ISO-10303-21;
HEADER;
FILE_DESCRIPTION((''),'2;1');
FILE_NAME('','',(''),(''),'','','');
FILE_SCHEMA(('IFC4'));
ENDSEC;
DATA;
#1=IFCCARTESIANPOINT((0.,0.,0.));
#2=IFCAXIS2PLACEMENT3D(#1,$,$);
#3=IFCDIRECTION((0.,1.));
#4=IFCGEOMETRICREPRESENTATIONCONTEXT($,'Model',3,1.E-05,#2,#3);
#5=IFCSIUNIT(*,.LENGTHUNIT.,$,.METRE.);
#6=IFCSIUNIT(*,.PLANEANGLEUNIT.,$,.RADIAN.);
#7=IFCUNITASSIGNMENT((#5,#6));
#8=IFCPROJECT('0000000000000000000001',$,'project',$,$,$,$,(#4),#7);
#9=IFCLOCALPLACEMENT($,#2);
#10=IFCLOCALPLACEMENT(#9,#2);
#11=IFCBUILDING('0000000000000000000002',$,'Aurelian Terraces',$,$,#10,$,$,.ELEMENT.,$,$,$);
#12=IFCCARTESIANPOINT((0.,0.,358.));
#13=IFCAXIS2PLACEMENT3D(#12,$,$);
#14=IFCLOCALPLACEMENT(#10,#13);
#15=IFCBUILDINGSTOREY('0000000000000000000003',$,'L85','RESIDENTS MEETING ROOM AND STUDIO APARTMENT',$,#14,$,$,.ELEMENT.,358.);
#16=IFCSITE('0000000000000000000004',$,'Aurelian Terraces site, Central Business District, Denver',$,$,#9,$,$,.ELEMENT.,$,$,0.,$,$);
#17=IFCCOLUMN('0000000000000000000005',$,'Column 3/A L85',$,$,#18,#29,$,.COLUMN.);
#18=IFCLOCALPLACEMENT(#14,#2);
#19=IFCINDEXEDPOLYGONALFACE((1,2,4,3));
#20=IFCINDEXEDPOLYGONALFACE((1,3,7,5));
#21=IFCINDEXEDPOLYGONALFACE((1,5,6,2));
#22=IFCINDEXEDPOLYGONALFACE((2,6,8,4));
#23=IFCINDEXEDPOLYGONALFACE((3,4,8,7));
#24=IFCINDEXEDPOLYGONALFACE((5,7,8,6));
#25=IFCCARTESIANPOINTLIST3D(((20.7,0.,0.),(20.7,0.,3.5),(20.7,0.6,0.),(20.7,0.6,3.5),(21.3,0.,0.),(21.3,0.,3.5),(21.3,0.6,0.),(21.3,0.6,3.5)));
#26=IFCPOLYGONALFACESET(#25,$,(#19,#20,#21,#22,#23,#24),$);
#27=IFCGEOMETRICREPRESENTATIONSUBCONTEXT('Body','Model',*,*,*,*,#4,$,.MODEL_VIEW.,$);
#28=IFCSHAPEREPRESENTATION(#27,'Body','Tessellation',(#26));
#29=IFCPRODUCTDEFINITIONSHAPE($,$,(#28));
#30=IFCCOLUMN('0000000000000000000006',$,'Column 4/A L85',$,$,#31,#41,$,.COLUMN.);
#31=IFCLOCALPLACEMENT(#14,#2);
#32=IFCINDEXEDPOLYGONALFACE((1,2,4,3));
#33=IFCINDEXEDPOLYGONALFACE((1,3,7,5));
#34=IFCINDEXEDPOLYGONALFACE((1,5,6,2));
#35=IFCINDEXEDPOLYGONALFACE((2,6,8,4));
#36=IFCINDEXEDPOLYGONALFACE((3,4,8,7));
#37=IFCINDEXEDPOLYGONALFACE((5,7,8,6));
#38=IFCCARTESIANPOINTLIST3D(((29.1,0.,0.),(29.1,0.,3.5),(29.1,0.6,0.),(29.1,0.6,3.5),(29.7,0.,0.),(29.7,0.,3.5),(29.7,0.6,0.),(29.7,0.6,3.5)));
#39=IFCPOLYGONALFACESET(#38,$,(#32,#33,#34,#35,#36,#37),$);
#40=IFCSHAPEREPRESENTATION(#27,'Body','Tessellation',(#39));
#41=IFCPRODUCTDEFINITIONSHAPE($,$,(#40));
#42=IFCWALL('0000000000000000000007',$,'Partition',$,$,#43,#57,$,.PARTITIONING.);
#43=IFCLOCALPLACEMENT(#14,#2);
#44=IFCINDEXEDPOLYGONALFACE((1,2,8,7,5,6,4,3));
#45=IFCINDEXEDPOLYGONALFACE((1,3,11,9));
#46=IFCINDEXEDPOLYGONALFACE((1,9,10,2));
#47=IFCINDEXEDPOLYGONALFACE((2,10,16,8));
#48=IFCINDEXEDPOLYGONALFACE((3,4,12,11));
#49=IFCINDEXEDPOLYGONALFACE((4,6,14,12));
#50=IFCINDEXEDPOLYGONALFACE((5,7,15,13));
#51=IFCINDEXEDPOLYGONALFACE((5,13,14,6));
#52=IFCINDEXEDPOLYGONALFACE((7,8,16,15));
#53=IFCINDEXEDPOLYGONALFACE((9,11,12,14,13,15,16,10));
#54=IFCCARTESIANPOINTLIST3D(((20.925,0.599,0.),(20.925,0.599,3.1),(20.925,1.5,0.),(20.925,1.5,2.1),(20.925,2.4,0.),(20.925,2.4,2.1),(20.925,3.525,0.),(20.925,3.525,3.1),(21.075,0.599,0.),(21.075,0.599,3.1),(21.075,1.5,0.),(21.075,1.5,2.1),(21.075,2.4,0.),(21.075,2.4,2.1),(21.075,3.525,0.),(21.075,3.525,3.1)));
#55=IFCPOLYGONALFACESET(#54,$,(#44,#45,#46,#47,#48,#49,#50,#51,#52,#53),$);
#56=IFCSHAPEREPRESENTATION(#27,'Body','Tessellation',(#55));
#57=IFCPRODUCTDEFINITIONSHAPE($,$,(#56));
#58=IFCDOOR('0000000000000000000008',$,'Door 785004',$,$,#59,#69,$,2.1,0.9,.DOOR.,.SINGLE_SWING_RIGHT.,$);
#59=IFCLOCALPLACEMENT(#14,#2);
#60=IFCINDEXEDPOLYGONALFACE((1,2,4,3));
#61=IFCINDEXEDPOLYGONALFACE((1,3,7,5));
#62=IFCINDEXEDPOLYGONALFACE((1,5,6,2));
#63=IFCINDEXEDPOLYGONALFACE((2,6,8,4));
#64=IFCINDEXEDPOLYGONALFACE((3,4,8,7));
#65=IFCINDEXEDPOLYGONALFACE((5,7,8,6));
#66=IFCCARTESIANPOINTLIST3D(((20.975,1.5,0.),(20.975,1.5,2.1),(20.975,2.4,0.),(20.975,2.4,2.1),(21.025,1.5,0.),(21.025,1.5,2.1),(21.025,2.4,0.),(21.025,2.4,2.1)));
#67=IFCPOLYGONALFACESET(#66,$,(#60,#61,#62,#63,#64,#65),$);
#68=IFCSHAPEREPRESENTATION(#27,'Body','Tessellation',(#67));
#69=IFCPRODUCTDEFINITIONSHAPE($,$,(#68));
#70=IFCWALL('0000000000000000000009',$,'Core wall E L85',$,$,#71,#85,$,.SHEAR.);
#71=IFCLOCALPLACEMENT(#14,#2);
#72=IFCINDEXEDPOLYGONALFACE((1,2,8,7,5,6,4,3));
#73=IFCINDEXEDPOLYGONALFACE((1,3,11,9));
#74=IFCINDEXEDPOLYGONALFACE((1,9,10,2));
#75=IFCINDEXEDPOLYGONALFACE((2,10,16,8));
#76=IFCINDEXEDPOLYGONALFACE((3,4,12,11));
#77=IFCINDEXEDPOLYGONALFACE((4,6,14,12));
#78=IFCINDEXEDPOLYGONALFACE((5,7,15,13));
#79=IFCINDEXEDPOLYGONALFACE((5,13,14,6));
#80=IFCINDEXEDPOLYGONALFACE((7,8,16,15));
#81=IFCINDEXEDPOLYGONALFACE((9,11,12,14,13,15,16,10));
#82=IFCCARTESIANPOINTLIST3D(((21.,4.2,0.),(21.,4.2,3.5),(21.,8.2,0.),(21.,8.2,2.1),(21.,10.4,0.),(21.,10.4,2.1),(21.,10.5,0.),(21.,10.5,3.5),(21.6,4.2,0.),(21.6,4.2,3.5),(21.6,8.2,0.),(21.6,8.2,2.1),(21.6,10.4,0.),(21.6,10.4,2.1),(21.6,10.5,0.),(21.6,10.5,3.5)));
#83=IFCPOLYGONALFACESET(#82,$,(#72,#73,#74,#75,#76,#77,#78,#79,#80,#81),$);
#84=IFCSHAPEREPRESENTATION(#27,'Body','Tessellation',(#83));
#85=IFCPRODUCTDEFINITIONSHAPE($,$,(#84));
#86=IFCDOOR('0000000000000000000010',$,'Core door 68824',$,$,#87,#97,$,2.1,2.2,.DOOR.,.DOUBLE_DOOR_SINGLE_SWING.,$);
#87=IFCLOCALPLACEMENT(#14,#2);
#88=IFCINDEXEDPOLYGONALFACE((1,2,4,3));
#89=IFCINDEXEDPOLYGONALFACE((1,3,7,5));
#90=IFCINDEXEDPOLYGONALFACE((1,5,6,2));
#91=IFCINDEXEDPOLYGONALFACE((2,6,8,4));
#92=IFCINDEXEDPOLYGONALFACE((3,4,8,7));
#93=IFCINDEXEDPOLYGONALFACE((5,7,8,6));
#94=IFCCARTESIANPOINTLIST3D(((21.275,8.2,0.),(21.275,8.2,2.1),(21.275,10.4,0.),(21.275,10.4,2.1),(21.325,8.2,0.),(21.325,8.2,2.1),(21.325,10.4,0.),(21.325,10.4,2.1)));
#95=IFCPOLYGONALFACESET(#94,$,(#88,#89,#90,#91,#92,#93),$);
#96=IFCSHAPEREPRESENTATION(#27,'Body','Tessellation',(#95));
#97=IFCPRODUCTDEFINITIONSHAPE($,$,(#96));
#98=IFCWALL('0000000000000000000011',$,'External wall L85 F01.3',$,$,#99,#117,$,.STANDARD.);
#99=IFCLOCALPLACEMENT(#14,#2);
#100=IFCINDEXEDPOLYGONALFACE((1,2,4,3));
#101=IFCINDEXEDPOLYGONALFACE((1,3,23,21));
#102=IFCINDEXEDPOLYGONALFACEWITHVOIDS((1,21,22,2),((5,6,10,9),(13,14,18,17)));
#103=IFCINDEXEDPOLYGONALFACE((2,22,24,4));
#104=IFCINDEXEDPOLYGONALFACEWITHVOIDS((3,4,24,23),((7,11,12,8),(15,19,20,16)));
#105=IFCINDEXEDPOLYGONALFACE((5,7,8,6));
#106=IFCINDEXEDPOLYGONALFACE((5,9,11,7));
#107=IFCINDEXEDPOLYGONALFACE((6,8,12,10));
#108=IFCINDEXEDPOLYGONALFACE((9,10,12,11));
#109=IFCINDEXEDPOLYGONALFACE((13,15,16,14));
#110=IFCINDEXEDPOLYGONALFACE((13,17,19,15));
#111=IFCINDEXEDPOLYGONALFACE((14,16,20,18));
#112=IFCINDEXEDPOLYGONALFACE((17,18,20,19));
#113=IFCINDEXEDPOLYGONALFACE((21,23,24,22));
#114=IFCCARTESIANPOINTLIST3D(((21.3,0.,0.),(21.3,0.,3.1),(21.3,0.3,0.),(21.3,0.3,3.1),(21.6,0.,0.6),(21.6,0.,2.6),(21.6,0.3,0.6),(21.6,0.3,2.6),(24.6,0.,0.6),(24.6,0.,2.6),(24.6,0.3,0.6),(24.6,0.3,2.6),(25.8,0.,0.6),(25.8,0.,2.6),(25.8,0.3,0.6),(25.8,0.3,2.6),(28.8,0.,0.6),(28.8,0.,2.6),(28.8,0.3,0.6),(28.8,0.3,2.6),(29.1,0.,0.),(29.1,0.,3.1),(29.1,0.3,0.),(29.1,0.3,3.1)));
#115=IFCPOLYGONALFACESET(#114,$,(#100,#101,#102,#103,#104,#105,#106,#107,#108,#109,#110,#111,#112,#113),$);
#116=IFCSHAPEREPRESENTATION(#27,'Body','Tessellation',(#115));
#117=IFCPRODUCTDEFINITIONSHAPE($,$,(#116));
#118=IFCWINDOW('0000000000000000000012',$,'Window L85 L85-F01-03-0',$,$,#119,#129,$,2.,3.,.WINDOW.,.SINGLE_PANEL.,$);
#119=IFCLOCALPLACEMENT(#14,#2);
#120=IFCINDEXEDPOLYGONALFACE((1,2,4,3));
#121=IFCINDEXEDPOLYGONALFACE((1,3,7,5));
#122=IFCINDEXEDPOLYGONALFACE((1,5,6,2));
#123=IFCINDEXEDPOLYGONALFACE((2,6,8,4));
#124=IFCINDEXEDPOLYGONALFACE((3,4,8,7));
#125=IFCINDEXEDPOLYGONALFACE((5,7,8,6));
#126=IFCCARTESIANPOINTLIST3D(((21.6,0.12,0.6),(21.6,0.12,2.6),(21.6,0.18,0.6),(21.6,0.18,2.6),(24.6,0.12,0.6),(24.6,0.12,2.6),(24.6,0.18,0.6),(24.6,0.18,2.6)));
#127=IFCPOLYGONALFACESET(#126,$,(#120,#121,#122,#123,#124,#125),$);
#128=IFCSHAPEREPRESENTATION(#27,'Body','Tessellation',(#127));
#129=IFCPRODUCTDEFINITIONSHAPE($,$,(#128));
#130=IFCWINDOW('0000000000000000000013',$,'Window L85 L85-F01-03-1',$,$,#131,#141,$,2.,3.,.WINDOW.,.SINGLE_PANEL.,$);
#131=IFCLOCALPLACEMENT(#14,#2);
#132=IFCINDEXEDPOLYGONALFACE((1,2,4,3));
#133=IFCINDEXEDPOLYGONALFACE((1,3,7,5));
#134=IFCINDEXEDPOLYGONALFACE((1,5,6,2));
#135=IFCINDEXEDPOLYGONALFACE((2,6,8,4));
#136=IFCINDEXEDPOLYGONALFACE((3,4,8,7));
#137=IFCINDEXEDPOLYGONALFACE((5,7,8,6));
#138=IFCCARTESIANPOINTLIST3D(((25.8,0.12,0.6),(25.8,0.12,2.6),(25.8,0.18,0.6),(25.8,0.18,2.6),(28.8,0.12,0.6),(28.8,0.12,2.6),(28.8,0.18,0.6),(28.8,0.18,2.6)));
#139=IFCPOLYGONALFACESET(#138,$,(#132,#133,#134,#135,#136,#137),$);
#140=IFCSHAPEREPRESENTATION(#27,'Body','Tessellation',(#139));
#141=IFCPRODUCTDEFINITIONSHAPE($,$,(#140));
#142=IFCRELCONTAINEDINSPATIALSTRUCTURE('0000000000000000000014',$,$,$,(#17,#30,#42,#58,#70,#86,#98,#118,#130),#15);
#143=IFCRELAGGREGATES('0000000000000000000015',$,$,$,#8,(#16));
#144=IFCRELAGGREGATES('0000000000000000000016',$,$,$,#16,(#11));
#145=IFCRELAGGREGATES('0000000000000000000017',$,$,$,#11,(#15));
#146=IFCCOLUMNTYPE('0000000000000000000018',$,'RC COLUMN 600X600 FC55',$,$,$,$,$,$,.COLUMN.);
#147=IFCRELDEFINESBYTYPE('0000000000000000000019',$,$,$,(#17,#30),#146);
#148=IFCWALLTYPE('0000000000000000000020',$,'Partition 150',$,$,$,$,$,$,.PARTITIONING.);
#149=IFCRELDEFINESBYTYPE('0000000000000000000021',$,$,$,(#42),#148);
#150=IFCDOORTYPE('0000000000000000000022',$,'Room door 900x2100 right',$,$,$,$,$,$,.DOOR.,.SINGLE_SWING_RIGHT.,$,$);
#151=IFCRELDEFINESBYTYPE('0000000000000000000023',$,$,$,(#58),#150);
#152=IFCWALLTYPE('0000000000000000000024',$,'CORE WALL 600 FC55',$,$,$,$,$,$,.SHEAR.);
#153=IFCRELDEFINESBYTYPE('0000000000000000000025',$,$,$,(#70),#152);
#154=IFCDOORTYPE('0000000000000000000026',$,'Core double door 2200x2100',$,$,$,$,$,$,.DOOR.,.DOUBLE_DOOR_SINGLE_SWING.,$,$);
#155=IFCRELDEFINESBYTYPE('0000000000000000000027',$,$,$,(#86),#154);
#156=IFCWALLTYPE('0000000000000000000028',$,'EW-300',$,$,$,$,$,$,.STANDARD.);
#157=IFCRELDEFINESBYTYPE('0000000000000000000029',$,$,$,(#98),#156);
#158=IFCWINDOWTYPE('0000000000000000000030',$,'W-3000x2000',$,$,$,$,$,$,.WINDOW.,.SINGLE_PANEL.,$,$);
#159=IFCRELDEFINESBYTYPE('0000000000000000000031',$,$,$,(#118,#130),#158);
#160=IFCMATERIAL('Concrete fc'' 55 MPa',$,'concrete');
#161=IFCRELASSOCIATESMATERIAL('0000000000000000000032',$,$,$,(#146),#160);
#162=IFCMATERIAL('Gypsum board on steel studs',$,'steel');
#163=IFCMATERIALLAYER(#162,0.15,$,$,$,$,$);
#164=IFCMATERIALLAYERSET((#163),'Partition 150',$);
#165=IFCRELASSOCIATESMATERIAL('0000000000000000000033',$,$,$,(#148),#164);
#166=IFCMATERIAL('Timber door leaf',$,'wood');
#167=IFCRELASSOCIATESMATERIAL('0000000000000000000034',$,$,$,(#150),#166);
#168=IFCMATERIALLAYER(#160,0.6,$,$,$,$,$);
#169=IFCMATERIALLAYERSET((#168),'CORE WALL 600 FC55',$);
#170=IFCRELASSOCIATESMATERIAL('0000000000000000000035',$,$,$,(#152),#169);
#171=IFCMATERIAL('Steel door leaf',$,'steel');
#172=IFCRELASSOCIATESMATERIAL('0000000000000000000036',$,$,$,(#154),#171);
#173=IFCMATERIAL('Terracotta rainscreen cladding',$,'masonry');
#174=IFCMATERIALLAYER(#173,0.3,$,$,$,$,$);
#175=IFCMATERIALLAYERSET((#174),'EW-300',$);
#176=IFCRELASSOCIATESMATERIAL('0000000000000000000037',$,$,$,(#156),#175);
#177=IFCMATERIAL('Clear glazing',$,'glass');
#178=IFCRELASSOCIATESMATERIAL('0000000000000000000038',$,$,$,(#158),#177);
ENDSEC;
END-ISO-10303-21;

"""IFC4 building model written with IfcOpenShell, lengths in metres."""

from ifc_helpers import new_model, si_unit, direction, frame, frame_2d, origin, origin_2d, place, context, subcontext, project, spatial, rectangle, extrude, source, transform, mapped, material, layer, layer_set, material_profile, profile_set, type_object, element, fill, save


model = new_model("IFC4")

# Units and contexts
model_context = context("Model", 3, precision=1e-05, world=origin(), true_north=direction((0.0, 1.0)))
body_context = subcontext(model_context, "Body", "Model", "MODEL_VIEW")
ifc_project = project(units=[si_unit("LENGTHUNIT", "METRE"), si_unit("PLANEANGLEUNIT", "RADIAN")], contexts=[model_context])

# Site, building, storey
site_placement = place(None, origin())
site = spatial("IfcSite", under=ifc_project, at=site_placement, Name="Aurelian Terraces site, Central Business District, Denver", CompositionType="ELEMENT", RefElevation=0.0)
building_placement = place(site_placement, origin())
building = spatial("IfcBuilding", under=site, at=building_placement, Name="Aurelian Terraces", CompositionType="ELEMENT")
storey_placement = place(building_placement, frame((0.0, 0.0, 358.0)))
storey = spatial("IfcBuildingStorey", under=building, at=storey_placement, Name="L85", Description="RESIDENTS MEETING ROOM AND STUDIO APARTMENT", CompositionType="ELEMENT", Elevation=358.0)

# Columns
ifc_material_1 = material(Name="Concrete fc' 55 MPa", Category="concrete")
ifc_material_profile = material_profile(ifc_material_1, rectangle(XDim=0.6, YDim=0.6, at=origin_2d()))
ifc_profile_set = profile_set([ifc_material_profile], Name="Concrete fc' 55 MPa")
column_type = type_object("IfcColumnType", Name="RC COLUMN 600X600 FC55", PredefinedType="COLUMN", material=ifc_profile_set)
shared_shape_1 = source(origin(), body_context, "Body", "SweptSolid", [
    extrude(rectangle(XDim=0.6, YDim=0.6, at=origin_2d()), origin(), (0.0, 0.0, 1.0), 3.5),
])
for number, where, z_axis, x_axis, name in (
    (1, (21.0, 0.3, 0.0), (0.0, 0.0, 1.0), (1.0, 0.0, 0.0), "Column 3/A L85"),
    (2, (29.4, 0.3, 0.0), (0.0, 0.0, 1.0), (1.0, 0.0, 0.0), "Column 4/A L85"),
):
    element("IfcColumn", number, at=place(storey_placement, frame(where, z_axis=z_axis, x_axis=x_axis)), inside=storey, type_object=column_type, Name=name, PredefinedType="COLUMN", context=body_context, shape_type="MappedRepresentation", body=[
        mapped(shared_shape_1, transform((0.0, 0.0, 0.0), scale=1.0)),
    ])

# Walls, openings, doors
ifc_material_2 = material(Name="Gypsum board on steel studs", Category="steel")
ifc_layer_1 = layer(ifc_material_2, 0.15)
ifc_layer_set_1 = layer_set([ifc_layer_1], Name="Partition 150")
wall_type_1 = type_object("IfcWallType", Name="Partition 150", PredefinedType="PARTITIONING", material=ifc_layer_set_1)
wall_1_placement = place(storey_placement, frame((21.0, 3.525, 0.0), z_axis=(0.0, 0.0, 1.0), x_axis=(0.0, -1.0, 0.0)))
wall_1 = element("IfcWall", 3, at=wall_1_placement, inside=storey, type_object=wall_type_1, Name="Partition", PredefinedType="PARTITIONING", context=body_context, shape_type="SweptSolid", body=[
    extrude(rectangle(XDim=2.926, YDim=0.15, at=frame_2d((1.463, 0.0))), origin(), (0.0, 0.0, 1.0), 3.1),
])
shared_shape_2 = source(origin(), body_context, "Body", "SweptSolid", [
    extrude(rectangle(XDim=0.9, YDim=2.1, at=frame_2d((0.45, 1.05))), frame((0.0, 0.085, 0.0), z_axis=(0.0, -1.0, 0.0), x_axis=(1.0, 0.0, 0.0)), (0.0, 0.0, 1.0), 0.17),
])
opening_1_placement = place(wall_1_placement, frame((1.125, 0.0, 0.0)))
opening_1 = element("IfcOpeningElement", 4, at=opening_1_placement, cuts=wall_1, PredefinedType="OPENING", context=body_context, shape_type="MappedRepresentation", body=[
    mapped(shared_shape_2, transform((0.0, 0.0, 0.0), scale=1.0)),
])
ifc_material_3 = material(Name="Timber door leaf", Category="wood")
door_type_1 = type_object("IfcDoorType", Name="Room door 900x2100 right", OperationType="SINGLE_SWING_RIGHT", PredefinedType="DOOR", material=ifc_material_3)
shared_shape_3 = source(origin(), body_context, "Body", "SweptSolid", [
    extrude(rectangle(XDim=0.9, YDim=2.1, at=frame_2d((0.45, 1.05))), frame((0.0, 0.025, 0.0), z_axis=(0.0, -1.0, 0.0), x_axis=(1.0, 0.0, 0.0)), (0.0, 0.0, 1.0), 0.05),
])
door_1_placement = place(opening_1_placement, origin())
door_1 = element("IfcDoor", 5, at=door_1_placement, inside=storey, type_object=door_type_1, Name="Door 785004", OperationType="SINGLE_SWING_RIGHT", OverallHeight=2.1, OverallWidth=0.9, PredefinedType="DOOR", context=body_context, shape_type="MappedRepresentation", body=[
    mapped(shared_shape_3, transform((0.0, 0.0, 0.0), scale=1.0)),
])
fill(opening_1, door_1)
ifc_layer_2 = layer(ifc_material_1, 0.6)
ifc_layer_set_2 = layer_set([ifc_layer_2], Name="CORE WALL 600 FC55")
wall_type_2 = type_object("IfcWallType", Name="CORE WALL 600 FC55", PredefinedType="SHEAR", material=ifc_layer_set_2)
shared_shape_4 = source(origin(), body_context, "Body", "SweptSolid", [
    extrude(rectangle(XDim=6.3, YDim=0.6, at=frame_2d((3.15, 0.0))), origin(), (0.0, 0.0, 1.0), 3.5),
])
wall_2_placement = place(storey_placement, frame((21.3, 4.2, 0.0), z_axis=(0.0, 0.0, 1.0), x_axis=(0.0, 1.0, 0.0)))
wall_2 = element("IfcWall", 6, at=wall_2_placement, inside=storey, type_object=wall_type_2, Name="Core wall E L85", PredefinedType="SHEAR", context=body_context, shape_type="MappedRepresentation", body=[
    mapped(shared_shape_4, transform((0.0, 0.0, 0.0), scale=1.0)),
])
shared_shape_5 = source(origin(), body_context, "Body", "SweptSolid", [
    extrude(rectangle(XDim=2.2, YDim=2.1, at=frame_2d((1.1, 1.05))), frame((0.0, 0.31, 0.0), z_axis=(0.0, -1.0, 0.0), x_axis=(1.0, 0.0, 0.0)), (0.0, 0.0, 1.0), 0.62),
])
opening_2_placement = place(wall_2_placement, frame((4.0, 0.0, 0.0)))
opening_2 = element("IfcOpeningElement", 7, at=opening_2_placement, cuts=wall_2, PredefinedType="OPENING", context=body_context, shape_type="MappedRepresentation", body=[
    mapped(shared_shape_5, transform((0.0, 0.0, 0.0), scale=1.0)),
])
ifc_material_4 = material(Name="Steel door leaf", Category="steel")
door_type_2 = type_object("IfcDoorType", Name="Core double door 2200x2100", OperationType="DOUBLE_DOOR_SINGLE_SWING", PredefinedType="DOOR", material=ifc_material_4)
shared_shape_6 = source(origin(), body_context, "Body", "SweptSolid", [
    extrude(rectangle(XDim=2.2, YDim=2.1, at=frame_2d((1.1, 1.05))), frame((0.0, 0.025, 0.0), z_axis=(0.0, -1.0, 0.0), x_axis=(1.0, 0.0, 0.0)), (0.0, 0.0, 1.0), 0.05),
])
door_2_placement = place(opening_2_placement, origin())
door_2 = element("IfcDoor", 8, at=door_2_placement, inside=storey, type_object=door_type_2, Name="Core door 68824", OperationType="DOUBLE_DOOR_SINGLE_SWING", OverallHeight=2.1, OverallWidth=2.2, PredefinedType="DOOR", context=body_context, shape_type="MappedRepresentation", body=[
    mapped(shared_shape_6, transform((0.0, 0.0, 0.0), scale=1.0)),
])
fill(opening_2, door_2)

# Wall, openings, windows
ifc_material_5 = material(Name="Terracotta rainscreen cladding", Category="masonry")
ifc_layer_3 = layer(ifc_material_5, 0.3)
ifc_layer_set_3 = layer_set([ifc_layer_3], Name="EW-300")
wall_type_3 = type_object("IfcWallType", Name="EW-300", PredefinedType="STANDARD", material=ifc_layer_set_3)
shared_shape_7 = source(origin(), body_context, "Body", "SweptSolid", [
    extrude(rectangle(XDim=7.8, YDim=0.3, at=frame_2d((3.9, 0.0))), origin(), (0.0, 0.0, 1.0), 3.1),
])
wall_3_placement = place(storey_placement, frame((21.3, 0.15, 0.0), z_axis=(0.0, 0.0, 1.0), x_axis=(1.0, 0.0, 0.0)))
wall_3 = element("IfcWall", 9, at=wall_3_placement, inside=storey, type_object=wall_type_3, Name="External wall L85 F01.3", PredefinedType="STANDARD", context=body_context, shape_type="MappedRepresentation", body=[
    mapped(shared_shape_7, transform((0.0, 0.0, 0.0), scale=1.0)),
])
shared_shape_8 = source(origin(), body_context, "Body", "SweptSolid", [
    extrude(rectangle(XDim=3.0, YDim=2.0, at=frame_2d((1.5, 1.0))), frame((0.0, 0.16, 0.0), z_axis=(0.0, -1.0, 0.0), x_axis=(1.0, 0.0, 0.0)), (0.0, 0.0, 1.0), 0.32),
])
opening_3_placement = place(wall_3_placement, frame((0.3, 0.0, 0.6)))
opening_3 = element("IfcOpeningElement", 10, at=opening_3_placement, cuts=wall_3, PredefinedType="OPENING", context=body_context, shape_type="MappedRepresentation", body=[
    mapped(shared_shape_8, transform((0.0, 0.0, 0.0), scale=1.0)),
])
opening_4_placement = place(wall_3_placement, frame((4.5, 0.0, 0.6)))
opening_4 = element("IfcOpeningElement", 11, at=opening_4_placement, cuts=wall_3, PredefinedType="OPENING", context=body_context, shape_type="MappedRepresentation", body=[
    mapped(shared_shape_8, transform((0.0, 0.0, 0.0), scale=1.0)),
])
ifc_material_6 = material(Name="Clear glazing", Category="glass")
window_type = type_object("IfcWindowType", Name="W-3000x2000", PartitioningType="SINGLE_PANEL", PredefinedType="WINDOW", material=ifc_material_6)
shared_shape_9 = source(origin(), body_context, "Body", "SweptSolid", [
    extrude(rectangle(XDim=3.0, YDim=2.0, at=frame_2d((1.5, 1.0))), frame((0.0, 0.03, 0.0), z_axis=(0.0, -1.0, 0.0), x_axis=(1.0, 0.0, 0.0)), (0.0, 0.0, 1.0), 0.06),
])
window_1_placement = place(opening_3_placement, origin())
window_1 = element("IfcWindow", 12, at=window_1_placement, inside=storey, type_object=window_type, Name="Window L85 L85-F01-03-0", OverallHeight=2.0, OverallWidth=3.0, PartitioningType="SINGLE_PANEL", PredefinedType="WINDOW", context=body_context, shape_type="MappedRepresentation", body=[
    mapped(shared_shape_9, transform((0.0, 0.0, 0.0), scale=1.0)),
])
fill(opening_3, window_1)
window_2_placement = place(opening_4_placement, origin())
window_2 = element("IfcWindow", 13, at=window_2_placement, inside=storey, type_object=window_type, Name="Window L85 L85-F01-03-1", OverallHeight=2.0, OverallWidth=3.0, PartitioningType="SINGLE_PANEL", PredefinedType="WINDOW", context=body_context, shape_type="MappedRepresentation", body=[
    mapped(shared_shape_9, transform((0.0, 0.0, 0.0), scale=1.0)),
])
fill(opening_4, window_2)

save(model, "model.ifc")
